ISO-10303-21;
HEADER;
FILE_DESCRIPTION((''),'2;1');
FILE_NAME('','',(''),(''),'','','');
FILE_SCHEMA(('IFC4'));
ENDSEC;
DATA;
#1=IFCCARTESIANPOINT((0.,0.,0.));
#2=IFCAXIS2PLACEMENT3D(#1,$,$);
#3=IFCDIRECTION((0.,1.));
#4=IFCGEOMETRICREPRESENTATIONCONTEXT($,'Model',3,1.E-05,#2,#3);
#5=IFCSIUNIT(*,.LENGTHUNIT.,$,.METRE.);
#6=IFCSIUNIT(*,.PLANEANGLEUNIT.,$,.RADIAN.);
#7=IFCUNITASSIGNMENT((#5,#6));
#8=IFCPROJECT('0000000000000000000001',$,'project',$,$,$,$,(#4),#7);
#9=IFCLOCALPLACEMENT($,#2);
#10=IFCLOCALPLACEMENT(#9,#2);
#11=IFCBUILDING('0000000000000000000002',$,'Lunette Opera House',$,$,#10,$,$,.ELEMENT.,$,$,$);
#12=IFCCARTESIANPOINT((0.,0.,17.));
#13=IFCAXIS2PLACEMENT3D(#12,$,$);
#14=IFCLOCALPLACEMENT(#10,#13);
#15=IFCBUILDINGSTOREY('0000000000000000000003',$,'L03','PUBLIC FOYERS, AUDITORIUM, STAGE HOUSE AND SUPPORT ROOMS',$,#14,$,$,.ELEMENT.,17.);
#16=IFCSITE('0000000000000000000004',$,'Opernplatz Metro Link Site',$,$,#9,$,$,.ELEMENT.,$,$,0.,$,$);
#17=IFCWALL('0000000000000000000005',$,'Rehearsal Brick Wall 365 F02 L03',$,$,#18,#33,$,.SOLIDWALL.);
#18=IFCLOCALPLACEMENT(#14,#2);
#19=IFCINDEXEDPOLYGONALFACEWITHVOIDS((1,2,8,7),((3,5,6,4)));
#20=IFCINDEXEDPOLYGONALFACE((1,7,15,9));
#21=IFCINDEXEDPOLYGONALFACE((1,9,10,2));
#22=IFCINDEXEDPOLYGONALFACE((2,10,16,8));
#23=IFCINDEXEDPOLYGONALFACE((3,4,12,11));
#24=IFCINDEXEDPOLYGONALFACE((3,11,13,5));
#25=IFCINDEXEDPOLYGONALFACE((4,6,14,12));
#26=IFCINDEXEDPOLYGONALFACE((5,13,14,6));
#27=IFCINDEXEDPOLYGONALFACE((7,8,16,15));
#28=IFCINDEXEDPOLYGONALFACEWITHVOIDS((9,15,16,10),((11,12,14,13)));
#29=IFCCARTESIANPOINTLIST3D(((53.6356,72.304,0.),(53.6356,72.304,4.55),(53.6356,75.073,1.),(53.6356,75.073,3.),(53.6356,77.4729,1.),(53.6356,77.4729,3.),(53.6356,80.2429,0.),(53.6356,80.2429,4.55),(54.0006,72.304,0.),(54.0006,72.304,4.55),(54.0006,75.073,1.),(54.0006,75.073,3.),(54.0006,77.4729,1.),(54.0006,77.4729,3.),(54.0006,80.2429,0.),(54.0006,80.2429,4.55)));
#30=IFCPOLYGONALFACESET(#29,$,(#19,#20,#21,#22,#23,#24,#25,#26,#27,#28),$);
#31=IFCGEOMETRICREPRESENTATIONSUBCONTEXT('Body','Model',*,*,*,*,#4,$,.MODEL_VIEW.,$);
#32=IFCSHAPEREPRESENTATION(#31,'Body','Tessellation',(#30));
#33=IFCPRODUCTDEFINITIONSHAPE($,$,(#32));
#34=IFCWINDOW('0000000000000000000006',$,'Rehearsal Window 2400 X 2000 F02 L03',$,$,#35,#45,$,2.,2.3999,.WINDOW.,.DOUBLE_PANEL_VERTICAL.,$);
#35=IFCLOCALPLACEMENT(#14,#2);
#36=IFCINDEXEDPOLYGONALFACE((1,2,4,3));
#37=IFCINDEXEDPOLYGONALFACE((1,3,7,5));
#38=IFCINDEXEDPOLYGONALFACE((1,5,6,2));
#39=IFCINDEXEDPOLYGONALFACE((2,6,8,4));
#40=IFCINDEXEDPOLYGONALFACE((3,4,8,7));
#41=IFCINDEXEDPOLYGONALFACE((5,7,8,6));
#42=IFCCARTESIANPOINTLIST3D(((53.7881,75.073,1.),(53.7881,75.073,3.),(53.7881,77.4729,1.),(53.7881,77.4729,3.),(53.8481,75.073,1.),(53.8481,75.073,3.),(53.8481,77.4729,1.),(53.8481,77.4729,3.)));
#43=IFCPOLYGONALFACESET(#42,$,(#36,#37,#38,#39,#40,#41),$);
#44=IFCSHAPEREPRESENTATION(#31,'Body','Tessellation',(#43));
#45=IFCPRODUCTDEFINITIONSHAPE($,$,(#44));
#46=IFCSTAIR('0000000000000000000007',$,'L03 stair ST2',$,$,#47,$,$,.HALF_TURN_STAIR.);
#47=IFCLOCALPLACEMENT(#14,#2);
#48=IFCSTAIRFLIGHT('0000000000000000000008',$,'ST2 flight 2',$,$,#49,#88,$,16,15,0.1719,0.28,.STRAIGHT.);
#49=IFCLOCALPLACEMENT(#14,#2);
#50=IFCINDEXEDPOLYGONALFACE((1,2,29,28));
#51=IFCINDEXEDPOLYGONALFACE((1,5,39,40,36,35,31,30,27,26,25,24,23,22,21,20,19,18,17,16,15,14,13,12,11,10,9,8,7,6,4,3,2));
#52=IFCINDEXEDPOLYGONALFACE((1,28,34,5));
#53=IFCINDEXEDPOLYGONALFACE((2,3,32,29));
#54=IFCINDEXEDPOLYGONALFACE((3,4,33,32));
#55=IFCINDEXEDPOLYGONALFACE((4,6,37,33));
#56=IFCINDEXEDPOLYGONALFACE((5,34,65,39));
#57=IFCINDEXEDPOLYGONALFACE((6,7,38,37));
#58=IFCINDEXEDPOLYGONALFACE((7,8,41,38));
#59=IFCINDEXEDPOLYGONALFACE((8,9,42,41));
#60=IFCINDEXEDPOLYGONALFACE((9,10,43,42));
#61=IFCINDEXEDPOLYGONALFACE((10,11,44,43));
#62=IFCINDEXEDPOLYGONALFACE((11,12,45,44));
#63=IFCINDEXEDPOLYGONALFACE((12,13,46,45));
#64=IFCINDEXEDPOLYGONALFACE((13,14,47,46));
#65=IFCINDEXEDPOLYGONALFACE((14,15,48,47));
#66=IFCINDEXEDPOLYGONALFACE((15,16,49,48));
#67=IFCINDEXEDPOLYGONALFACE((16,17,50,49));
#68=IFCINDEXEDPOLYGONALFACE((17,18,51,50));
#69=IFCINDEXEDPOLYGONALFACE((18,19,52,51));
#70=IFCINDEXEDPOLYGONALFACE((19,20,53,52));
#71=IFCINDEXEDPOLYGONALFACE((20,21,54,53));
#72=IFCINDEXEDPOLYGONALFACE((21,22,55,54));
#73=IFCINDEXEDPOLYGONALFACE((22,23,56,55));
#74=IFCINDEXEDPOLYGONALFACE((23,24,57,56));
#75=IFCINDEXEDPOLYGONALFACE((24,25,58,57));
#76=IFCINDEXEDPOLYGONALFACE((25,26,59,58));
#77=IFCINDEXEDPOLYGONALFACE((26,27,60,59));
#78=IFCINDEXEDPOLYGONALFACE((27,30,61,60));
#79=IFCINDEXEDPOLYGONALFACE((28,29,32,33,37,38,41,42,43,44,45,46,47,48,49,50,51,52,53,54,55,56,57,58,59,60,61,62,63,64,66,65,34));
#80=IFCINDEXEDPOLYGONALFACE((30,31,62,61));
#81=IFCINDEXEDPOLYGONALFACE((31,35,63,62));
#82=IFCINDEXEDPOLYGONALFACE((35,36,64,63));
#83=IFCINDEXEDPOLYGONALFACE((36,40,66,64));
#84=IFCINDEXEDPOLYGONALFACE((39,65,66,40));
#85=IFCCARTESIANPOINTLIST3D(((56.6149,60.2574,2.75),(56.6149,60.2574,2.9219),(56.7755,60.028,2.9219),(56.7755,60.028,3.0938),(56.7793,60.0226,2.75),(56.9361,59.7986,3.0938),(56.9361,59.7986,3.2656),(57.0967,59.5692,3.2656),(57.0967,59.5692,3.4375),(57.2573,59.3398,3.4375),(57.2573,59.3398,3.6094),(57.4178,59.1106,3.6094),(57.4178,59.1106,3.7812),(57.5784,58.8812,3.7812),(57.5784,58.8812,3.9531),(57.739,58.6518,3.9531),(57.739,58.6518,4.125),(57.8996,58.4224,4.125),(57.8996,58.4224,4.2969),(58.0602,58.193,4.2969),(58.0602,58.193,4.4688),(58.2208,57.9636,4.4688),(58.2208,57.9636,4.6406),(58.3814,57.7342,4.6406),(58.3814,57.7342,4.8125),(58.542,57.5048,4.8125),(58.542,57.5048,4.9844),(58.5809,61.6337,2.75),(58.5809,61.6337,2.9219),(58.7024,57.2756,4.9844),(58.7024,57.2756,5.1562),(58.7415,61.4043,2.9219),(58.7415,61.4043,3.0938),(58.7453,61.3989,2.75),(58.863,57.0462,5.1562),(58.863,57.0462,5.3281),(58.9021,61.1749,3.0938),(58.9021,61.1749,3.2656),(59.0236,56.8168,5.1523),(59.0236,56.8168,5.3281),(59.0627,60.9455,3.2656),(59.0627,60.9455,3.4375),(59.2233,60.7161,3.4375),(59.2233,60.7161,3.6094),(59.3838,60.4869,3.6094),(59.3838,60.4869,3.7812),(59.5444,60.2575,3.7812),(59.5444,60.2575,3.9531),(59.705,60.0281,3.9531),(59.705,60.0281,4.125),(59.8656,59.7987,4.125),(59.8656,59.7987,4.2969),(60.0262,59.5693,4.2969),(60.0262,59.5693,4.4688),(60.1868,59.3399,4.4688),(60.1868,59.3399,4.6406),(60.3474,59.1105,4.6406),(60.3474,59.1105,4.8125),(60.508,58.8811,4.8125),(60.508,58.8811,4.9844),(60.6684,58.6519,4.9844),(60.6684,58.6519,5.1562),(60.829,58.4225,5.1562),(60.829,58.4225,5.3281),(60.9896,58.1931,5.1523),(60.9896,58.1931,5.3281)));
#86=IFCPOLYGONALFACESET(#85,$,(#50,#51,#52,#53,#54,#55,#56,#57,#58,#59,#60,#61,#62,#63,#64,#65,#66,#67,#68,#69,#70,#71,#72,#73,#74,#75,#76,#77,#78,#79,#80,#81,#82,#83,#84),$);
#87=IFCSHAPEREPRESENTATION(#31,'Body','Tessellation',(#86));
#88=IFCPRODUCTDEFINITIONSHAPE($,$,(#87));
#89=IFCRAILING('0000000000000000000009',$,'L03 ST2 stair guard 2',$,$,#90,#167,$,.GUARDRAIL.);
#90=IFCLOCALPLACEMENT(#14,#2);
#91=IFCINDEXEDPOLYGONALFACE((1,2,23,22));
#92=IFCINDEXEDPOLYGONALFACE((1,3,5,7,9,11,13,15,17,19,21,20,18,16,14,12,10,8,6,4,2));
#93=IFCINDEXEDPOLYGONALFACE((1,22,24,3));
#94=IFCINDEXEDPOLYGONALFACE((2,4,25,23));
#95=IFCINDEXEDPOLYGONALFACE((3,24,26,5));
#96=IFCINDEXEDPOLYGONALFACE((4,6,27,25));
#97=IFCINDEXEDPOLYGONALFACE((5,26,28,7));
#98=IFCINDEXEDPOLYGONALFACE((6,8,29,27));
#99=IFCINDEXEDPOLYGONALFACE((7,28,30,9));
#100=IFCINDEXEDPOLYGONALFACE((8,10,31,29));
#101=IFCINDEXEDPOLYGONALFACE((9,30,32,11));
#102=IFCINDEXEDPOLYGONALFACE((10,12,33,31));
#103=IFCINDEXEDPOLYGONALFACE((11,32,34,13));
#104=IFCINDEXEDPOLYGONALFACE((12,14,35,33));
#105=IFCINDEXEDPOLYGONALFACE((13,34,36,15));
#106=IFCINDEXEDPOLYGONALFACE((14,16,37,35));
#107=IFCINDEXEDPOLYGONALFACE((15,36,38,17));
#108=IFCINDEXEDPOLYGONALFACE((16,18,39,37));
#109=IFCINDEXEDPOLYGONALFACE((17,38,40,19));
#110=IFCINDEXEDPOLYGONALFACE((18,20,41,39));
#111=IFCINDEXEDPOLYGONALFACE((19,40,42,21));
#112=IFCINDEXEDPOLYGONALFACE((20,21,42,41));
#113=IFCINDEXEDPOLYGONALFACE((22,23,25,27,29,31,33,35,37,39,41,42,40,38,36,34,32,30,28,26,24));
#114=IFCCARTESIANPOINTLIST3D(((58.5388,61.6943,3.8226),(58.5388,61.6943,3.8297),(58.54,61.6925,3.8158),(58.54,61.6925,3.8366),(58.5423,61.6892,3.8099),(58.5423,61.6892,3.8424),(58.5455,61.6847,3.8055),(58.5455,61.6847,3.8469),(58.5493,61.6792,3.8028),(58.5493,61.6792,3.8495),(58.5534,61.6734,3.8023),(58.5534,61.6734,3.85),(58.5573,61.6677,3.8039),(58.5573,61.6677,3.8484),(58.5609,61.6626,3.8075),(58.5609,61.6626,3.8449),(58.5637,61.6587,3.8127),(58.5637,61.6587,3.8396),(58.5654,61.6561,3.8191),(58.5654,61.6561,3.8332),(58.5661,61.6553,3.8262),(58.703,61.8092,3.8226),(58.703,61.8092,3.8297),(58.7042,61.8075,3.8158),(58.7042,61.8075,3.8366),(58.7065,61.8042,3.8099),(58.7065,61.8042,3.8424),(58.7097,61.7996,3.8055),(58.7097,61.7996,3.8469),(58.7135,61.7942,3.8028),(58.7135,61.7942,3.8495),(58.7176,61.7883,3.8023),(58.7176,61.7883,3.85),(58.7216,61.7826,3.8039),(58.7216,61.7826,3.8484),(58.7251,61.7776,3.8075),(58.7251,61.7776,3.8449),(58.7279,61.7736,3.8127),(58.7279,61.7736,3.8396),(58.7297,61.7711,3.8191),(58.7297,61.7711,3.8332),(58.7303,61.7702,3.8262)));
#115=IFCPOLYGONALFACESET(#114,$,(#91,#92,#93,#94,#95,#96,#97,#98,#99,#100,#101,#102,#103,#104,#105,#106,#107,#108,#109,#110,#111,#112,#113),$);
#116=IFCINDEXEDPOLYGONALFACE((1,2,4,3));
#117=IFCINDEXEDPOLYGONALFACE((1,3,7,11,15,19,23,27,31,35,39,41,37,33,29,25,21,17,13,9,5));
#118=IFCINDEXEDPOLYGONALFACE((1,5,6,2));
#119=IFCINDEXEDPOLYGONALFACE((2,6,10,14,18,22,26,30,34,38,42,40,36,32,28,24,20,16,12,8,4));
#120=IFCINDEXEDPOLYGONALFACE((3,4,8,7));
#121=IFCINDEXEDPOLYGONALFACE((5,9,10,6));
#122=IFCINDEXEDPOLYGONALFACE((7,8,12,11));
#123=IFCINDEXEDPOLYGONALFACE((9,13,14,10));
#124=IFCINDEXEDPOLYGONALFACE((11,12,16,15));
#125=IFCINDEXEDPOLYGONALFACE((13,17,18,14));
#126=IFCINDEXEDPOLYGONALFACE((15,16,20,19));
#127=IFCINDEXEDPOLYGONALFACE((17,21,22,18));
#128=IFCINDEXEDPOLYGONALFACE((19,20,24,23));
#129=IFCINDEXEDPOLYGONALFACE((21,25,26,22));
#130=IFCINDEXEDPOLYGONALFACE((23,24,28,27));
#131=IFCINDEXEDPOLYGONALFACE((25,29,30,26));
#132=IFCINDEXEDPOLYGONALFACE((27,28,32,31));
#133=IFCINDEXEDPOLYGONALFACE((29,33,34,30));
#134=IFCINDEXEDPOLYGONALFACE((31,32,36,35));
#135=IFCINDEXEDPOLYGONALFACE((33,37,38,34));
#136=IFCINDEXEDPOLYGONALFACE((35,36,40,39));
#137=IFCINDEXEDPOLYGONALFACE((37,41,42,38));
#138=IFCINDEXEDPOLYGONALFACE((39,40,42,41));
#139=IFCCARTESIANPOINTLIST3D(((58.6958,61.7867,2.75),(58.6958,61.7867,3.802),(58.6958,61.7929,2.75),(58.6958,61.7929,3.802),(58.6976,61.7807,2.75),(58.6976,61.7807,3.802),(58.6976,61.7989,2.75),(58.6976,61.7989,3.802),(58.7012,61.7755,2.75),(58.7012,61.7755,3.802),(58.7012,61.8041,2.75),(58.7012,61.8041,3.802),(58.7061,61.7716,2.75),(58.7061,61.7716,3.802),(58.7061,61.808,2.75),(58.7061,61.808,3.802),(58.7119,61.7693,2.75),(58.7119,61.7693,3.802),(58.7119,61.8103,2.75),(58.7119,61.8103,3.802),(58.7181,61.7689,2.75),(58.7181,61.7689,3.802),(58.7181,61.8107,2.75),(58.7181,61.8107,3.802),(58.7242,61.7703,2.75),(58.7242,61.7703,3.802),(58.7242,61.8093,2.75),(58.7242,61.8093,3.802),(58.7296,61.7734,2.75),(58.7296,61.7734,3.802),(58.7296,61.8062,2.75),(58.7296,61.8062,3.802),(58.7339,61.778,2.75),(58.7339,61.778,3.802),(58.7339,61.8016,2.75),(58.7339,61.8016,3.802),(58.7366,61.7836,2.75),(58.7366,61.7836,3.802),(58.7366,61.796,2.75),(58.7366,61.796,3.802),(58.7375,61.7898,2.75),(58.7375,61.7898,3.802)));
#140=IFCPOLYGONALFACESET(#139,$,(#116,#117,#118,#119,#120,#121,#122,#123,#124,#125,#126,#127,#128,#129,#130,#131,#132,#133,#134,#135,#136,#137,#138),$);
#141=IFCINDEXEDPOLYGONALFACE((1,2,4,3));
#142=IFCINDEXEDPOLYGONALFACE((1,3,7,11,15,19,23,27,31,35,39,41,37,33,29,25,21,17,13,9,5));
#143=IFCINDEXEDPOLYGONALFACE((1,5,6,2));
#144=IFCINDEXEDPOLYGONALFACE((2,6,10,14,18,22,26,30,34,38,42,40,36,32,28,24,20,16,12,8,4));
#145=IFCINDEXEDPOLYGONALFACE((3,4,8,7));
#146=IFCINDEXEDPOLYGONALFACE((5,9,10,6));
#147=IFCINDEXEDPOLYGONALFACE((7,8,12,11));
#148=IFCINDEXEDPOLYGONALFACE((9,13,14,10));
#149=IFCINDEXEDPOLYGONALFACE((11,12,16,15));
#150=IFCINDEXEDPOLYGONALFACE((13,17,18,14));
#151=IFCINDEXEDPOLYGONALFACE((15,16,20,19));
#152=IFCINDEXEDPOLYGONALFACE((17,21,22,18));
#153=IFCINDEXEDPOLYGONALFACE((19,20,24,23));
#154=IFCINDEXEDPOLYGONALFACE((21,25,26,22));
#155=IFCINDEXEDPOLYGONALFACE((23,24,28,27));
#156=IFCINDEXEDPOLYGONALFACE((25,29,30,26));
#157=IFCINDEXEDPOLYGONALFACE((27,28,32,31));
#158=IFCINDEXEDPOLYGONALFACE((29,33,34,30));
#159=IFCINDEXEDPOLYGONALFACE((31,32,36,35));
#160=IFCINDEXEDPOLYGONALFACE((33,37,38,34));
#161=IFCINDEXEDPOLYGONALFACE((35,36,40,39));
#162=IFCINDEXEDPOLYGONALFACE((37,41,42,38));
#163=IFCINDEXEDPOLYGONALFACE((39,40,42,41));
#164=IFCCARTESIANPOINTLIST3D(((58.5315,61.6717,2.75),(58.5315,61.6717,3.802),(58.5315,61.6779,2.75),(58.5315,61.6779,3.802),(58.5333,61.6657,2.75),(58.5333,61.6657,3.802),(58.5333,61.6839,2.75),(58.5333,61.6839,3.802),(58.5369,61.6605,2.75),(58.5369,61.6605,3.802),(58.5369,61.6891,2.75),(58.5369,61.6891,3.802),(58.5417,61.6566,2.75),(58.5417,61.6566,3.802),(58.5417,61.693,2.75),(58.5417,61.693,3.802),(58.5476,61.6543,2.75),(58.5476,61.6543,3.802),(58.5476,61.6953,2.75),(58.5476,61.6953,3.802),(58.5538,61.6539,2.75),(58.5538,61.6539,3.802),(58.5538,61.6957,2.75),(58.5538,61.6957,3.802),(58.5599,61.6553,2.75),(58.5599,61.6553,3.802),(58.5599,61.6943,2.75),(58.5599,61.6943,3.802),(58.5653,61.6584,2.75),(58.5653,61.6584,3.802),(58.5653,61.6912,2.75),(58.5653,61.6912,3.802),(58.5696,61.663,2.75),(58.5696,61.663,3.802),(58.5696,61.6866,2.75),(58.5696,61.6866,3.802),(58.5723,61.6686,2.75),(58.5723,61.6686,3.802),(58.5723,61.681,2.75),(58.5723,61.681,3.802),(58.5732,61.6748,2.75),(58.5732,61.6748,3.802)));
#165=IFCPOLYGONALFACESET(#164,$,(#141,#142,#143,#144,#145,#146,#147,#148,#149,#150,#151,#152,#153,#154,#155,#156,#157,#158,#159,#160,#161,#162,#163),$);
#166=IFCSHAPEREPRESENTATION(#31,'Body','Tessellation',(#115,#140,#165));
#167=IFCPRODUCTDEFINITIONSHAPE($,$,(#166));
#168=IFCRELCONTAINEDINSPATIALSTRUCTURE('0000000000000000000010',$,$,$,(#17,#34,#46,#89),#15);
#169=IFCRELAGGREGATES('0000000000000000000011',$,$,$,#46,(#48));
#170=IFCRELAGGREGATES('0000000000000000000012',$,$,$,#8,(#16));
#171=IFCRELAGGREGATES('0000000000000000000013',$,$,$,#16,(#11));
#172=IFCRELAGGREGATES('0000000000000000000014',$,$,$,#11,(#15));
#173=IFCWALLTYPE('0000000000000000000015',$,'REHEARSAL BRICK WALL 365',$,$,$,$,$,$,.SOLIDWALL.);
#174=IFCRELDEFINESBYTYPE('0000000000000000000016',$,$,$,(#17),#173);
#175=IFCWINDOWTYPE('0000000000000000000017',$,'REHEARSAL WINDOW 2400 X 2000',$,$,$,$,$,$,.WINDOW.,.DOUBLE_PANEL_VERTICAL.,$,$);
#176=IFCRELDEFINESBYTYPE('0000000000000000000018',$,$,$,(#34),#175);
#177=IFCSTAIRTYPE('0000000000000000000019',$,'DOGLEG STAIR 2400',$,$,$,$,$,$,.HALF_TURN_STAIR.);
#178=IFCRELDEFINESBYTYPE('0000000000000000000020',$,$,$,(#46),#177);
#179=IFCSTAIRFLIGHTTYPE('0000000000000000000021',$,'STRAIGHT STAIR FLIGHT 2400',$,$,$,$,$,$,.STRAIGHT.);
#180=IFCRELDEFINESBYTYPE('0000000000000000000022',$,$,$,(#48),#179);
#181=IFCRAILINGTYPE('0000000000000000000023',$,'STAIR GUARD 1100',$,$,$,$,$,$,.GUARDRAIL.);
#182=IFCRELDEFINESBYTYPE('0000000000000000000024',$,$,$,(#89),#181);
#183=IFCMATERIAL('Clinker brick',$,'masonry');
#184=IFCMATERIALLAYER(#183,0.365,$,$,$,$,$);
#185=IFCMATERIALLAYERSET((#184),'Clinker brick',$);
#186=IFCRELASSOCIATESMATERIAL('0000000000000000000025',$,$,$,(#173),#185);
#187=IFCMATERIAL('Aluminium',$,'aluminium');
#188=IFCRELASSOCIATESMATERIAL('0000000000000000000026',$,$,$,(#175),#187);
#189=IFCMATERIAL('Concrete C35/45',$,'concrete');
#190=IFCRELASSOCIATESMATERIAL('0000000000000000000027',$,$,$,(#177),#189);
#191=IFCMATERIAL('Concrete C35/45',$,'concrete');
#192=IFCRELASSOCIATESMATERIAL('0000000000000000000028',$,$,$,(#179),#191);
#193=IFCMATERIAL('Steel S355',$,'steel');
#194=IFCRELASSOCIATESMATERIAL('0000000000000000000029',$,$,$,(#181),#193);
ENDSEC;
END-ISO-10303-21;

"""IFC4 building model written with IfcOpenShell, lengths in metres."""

from ifc_helpers import new_model, si_unit, direction, frame, frame_2d, origin, origin_2d, place, context, subcontext, project, spatial, polyline, rectangle, circle, outline, extrude, material, layer, layer_set, type_object, element, fill, aggregate, save


model = new_model("IFC4")

# Units and contexts
model_context = context("Model", 3, precision=1e-05, world=origin(), true_north=direction((0.0, 1.0)))
body_context = subcontext(model_context, "Body", "Model", "MODEL_VIEW")
ifc_project = project(units=[si_unit("LENGTHUNIT", "METRE"), si_unit("PLANEANGLEUNIT", "RADIAN")], contexts=[model_context])

# Site, building, storey
site_placement = place(None, origin())
site = spatial("IfcSite", under=ifc_project, at=site_placement, Name="Opernplatz Metro Link Site", CompositionType="ELEMENT", RefElevation=0.0)
building_placement = place(site_placement, origin())
building = spatial("IfcBuilding", under=site, at=building_placement, Name="Lunette Opera House", CompositionType="ELEMENT")
storey_placement = place(building_placement, frame((0.0, 0.0, 17.0)))
storey = spatial("IfcBuildingStorey", under=building, at=storey_placement, Name="L03", Description="PUBLIC FOYERS, AUDITORIUM, STAGE HOUSE AND SUPPORT ROOMS", CompositionType="ELEMENT", Elevation=17.0)

# Wall, opening, window
ifc_material_1 = material(Name="Clinker brick", Category="masonry")
ifc_layer_1 = layer(ifc_material_1, 0.365)
ifc_layer_set_1 = layer_set([ifc_layer_1], Name="Clinker brick")
wall_type_1 = type_object("IfcWallType", Name="REHEARSAL BRICK WALL 365", PredefinedType="SOLIDWALL", material=ifc_layer_set_1)
wall_1_placement = place(storey_placement, frame((53.8181, 72.304, 0.0), z_axis=(0.0, 0.0, 1.0), x_axis=(0.0, 1.0, 0.0)))
wall_1 = element("IfcWall", 1, at=wall_1_placement, inside=storey, type_object=wall_type_1, Name="Rehearsal Brick Wall 365 F02 L03", PredefinedType="SOLIDWALL", context=body_context, shape_type="SweptSolid", body=[
    extrude(rectangle(XDim=7.939, YDim=0.365, at=frame_2d((3.9695, 0.0))), origin(), (0.0, 0.0, 1.0), 4.55),
])
opening_1_placement = place(wall_1_placement, frame((2.769, 0.0, 1.0)))
opening_1 = element("IfcOpeningElement", 2, at=opening_1_placement, cuts=wall_1, PredefinedType="OPENING", context=body_context, shape_type="SweptSolid", body=[
    extrude(rectangle(XDim=2.3999, YDim=2.0, at=frame_2d((1.2, 1.0))), frame((0.0, 0.1946, 0.0), z_axis=(0.0, -1.0, 0.0), x_axis=(1.0, 0.0, 0.0)), (0.0, 0.0, 1.0), 0.3889),
])
ifc_material_2 = material(Name="Aluminium", Category="aluminium")
window_type_1 = type_object("IfcWindowType", Name="REHEARSAL WINDOW 2400 X 2000", PartitioningType="DOUBLE_PANEL_VERTICAL", PredefinedType="WINDOW", material=ifc_material_2)
window_1_placement = place(opening_1_placement, origin())
window_1 = element("IfcWindow", 3, at=window_1_placement, inside=storey, type_object=window_type_1, Name="Rehearsal Window 2400 X 2000 F02 L03", OverallHeight=2.0, OverallWidth=2.3999, PartitioningType="DOUBLE_PANEL_VERTICAL", PredefinedType="WINDOW", context=body_context, shape_type="SweptSolid", body=[
    extrude(rectangle(XDim=2.3999, YDim=2.0, at=frame_2d((1.2, 1.0))), frame((0.0, 0.03, 0.0), z_axis=(0.0, -1.0, 0.0), x_axis=(1.0, 0.0, 0.0)), (0.0, 0.0, 1.0), 0.0601),
])
fill(opening_1, window_1)

# Stair, stair flight
ifc_material_3 = material(Name="Concrete C35/45", Category="concrete")
stair_type = type_object("IfcStairType", Name="DOGLEG STAIR 2400", PredefinedType="HALF_TURN_STAIR", material=ifc_material_3)
stair_placement = place(storey_placement, origin())
stair = element("IfcStair", 4, at=stair_placement, inside=storey, type_object=stair_type, Name="L03 stair ST2", PredefinedType="HALF_TURN_STAIR")
ifc_material_4 = material(Name="Concrete C35/45", Category="concrete")
stair_flight_type = type_object("IfcStairFlightType", Name="STRAIGHT STAIR FLIGHT 2400", PredefinedType="STRAIGHT", material=ifc_material_4)
stair_flight_placement = place(storey_placement, frame((57.5979, 60.9456, 2.75), z_axis=(0.0, 0.0, 1.0), x_axis=(0.57351, -0.819198, 0.0)))
stair_flight = element("IfcStairFlight", 5, at=stair_flight_placement, type_object=stair_flight_type, Name="ST2 flight 2", NumberOfRisers=16, NumberOfTreads=15, PredefinedType="STRAIGHT", RiserHeight=0.1719, TreadLength=0.28, context=body_context, shape_type="SweptSolid", body=[
    extrude(outline(polyline([(0.0, 0.0), (0.0, 0.1719), (0.28, 0.1719), (0.28, 0.3438), (0.5601, 0.3438), (0.5601, 0.5156), (0.8401, 0.5156), (0.8401, 0.6875), (1.1201, 0.6875), (1.1201, 0.8594), (1.3999, 0.8594), (1.3999, 1.0312), (1.6799, 1.0312), (1.6799, 1.2031), (1.96, 1.2031), (1.96, 1.375), (2.24, 1.375), (2.24, 1.5469), (2.52, 1.5469), (2.52, 1.7188), (2.8, 1.7188), (2.8, 1.8906), (3.0801, 1.8906), (3.0801, 2.0625), (3.3601, 2.0625), (3.3601, 2.2344), (3.6399, 2.2344), (3.6399, 2.4062), (3.9199, 2.4062), (3.9199, 2.5781), (4.2, 2.5781), (4.2, 2.75), (4.2, 2.4023), (0.2866, 0.0), (0.0, 0.0)])), frame((0.0, 1.2, 0.0), z_axis=(0.0, -1.0, 0.0), x_axis=(1.0, 0.0, 0.0)), (0.0, 0.0, 1.0), 2.3999),
])
aggregate(stair, [stair_flight])

# Railing
ifc_material_5 = material(Name="Steel S355", Category="steel")
railing_type_1 = type_object("IfcRailingType", Name="STAIR GUARD 1100", PredefinedType="GUARDRAIL", material=ifc_material_5)
railing_1_placement = place(storey_placement, frame((58.7166, 61.7898, 2.75)))
element("IfcRailing", 6, at=railing_1_placement, inside=storey, type_object=railing_type_1, Name="L03 ST2 stair guard 2", PredefinedType="GUARDRAIL", context=body_context, shape_type="SweptSolid", body=[
    extrude(circle(Radius=0.0239, at=origin_2d()), frame((0.0, 0.0, 1.0762), z_axis=(-0.819289, -0.573381, 0.0), x_axis=(0.573381, -0.819289, 0.0)), (0.0, 0.0, 1.0), 0.2004),
    extrude(circle(Radius=0.021, at=origin_2d()), origin(), (0.0, 0.0, 1.0), 1.052),
    extrude(circle(Radius=0.021, at=origin_2d()), frame((-0.1643, -0.115, 0.0)), (0.0, 0.0, 1.0), 1.052),
])

save(model, "model.ifc")
